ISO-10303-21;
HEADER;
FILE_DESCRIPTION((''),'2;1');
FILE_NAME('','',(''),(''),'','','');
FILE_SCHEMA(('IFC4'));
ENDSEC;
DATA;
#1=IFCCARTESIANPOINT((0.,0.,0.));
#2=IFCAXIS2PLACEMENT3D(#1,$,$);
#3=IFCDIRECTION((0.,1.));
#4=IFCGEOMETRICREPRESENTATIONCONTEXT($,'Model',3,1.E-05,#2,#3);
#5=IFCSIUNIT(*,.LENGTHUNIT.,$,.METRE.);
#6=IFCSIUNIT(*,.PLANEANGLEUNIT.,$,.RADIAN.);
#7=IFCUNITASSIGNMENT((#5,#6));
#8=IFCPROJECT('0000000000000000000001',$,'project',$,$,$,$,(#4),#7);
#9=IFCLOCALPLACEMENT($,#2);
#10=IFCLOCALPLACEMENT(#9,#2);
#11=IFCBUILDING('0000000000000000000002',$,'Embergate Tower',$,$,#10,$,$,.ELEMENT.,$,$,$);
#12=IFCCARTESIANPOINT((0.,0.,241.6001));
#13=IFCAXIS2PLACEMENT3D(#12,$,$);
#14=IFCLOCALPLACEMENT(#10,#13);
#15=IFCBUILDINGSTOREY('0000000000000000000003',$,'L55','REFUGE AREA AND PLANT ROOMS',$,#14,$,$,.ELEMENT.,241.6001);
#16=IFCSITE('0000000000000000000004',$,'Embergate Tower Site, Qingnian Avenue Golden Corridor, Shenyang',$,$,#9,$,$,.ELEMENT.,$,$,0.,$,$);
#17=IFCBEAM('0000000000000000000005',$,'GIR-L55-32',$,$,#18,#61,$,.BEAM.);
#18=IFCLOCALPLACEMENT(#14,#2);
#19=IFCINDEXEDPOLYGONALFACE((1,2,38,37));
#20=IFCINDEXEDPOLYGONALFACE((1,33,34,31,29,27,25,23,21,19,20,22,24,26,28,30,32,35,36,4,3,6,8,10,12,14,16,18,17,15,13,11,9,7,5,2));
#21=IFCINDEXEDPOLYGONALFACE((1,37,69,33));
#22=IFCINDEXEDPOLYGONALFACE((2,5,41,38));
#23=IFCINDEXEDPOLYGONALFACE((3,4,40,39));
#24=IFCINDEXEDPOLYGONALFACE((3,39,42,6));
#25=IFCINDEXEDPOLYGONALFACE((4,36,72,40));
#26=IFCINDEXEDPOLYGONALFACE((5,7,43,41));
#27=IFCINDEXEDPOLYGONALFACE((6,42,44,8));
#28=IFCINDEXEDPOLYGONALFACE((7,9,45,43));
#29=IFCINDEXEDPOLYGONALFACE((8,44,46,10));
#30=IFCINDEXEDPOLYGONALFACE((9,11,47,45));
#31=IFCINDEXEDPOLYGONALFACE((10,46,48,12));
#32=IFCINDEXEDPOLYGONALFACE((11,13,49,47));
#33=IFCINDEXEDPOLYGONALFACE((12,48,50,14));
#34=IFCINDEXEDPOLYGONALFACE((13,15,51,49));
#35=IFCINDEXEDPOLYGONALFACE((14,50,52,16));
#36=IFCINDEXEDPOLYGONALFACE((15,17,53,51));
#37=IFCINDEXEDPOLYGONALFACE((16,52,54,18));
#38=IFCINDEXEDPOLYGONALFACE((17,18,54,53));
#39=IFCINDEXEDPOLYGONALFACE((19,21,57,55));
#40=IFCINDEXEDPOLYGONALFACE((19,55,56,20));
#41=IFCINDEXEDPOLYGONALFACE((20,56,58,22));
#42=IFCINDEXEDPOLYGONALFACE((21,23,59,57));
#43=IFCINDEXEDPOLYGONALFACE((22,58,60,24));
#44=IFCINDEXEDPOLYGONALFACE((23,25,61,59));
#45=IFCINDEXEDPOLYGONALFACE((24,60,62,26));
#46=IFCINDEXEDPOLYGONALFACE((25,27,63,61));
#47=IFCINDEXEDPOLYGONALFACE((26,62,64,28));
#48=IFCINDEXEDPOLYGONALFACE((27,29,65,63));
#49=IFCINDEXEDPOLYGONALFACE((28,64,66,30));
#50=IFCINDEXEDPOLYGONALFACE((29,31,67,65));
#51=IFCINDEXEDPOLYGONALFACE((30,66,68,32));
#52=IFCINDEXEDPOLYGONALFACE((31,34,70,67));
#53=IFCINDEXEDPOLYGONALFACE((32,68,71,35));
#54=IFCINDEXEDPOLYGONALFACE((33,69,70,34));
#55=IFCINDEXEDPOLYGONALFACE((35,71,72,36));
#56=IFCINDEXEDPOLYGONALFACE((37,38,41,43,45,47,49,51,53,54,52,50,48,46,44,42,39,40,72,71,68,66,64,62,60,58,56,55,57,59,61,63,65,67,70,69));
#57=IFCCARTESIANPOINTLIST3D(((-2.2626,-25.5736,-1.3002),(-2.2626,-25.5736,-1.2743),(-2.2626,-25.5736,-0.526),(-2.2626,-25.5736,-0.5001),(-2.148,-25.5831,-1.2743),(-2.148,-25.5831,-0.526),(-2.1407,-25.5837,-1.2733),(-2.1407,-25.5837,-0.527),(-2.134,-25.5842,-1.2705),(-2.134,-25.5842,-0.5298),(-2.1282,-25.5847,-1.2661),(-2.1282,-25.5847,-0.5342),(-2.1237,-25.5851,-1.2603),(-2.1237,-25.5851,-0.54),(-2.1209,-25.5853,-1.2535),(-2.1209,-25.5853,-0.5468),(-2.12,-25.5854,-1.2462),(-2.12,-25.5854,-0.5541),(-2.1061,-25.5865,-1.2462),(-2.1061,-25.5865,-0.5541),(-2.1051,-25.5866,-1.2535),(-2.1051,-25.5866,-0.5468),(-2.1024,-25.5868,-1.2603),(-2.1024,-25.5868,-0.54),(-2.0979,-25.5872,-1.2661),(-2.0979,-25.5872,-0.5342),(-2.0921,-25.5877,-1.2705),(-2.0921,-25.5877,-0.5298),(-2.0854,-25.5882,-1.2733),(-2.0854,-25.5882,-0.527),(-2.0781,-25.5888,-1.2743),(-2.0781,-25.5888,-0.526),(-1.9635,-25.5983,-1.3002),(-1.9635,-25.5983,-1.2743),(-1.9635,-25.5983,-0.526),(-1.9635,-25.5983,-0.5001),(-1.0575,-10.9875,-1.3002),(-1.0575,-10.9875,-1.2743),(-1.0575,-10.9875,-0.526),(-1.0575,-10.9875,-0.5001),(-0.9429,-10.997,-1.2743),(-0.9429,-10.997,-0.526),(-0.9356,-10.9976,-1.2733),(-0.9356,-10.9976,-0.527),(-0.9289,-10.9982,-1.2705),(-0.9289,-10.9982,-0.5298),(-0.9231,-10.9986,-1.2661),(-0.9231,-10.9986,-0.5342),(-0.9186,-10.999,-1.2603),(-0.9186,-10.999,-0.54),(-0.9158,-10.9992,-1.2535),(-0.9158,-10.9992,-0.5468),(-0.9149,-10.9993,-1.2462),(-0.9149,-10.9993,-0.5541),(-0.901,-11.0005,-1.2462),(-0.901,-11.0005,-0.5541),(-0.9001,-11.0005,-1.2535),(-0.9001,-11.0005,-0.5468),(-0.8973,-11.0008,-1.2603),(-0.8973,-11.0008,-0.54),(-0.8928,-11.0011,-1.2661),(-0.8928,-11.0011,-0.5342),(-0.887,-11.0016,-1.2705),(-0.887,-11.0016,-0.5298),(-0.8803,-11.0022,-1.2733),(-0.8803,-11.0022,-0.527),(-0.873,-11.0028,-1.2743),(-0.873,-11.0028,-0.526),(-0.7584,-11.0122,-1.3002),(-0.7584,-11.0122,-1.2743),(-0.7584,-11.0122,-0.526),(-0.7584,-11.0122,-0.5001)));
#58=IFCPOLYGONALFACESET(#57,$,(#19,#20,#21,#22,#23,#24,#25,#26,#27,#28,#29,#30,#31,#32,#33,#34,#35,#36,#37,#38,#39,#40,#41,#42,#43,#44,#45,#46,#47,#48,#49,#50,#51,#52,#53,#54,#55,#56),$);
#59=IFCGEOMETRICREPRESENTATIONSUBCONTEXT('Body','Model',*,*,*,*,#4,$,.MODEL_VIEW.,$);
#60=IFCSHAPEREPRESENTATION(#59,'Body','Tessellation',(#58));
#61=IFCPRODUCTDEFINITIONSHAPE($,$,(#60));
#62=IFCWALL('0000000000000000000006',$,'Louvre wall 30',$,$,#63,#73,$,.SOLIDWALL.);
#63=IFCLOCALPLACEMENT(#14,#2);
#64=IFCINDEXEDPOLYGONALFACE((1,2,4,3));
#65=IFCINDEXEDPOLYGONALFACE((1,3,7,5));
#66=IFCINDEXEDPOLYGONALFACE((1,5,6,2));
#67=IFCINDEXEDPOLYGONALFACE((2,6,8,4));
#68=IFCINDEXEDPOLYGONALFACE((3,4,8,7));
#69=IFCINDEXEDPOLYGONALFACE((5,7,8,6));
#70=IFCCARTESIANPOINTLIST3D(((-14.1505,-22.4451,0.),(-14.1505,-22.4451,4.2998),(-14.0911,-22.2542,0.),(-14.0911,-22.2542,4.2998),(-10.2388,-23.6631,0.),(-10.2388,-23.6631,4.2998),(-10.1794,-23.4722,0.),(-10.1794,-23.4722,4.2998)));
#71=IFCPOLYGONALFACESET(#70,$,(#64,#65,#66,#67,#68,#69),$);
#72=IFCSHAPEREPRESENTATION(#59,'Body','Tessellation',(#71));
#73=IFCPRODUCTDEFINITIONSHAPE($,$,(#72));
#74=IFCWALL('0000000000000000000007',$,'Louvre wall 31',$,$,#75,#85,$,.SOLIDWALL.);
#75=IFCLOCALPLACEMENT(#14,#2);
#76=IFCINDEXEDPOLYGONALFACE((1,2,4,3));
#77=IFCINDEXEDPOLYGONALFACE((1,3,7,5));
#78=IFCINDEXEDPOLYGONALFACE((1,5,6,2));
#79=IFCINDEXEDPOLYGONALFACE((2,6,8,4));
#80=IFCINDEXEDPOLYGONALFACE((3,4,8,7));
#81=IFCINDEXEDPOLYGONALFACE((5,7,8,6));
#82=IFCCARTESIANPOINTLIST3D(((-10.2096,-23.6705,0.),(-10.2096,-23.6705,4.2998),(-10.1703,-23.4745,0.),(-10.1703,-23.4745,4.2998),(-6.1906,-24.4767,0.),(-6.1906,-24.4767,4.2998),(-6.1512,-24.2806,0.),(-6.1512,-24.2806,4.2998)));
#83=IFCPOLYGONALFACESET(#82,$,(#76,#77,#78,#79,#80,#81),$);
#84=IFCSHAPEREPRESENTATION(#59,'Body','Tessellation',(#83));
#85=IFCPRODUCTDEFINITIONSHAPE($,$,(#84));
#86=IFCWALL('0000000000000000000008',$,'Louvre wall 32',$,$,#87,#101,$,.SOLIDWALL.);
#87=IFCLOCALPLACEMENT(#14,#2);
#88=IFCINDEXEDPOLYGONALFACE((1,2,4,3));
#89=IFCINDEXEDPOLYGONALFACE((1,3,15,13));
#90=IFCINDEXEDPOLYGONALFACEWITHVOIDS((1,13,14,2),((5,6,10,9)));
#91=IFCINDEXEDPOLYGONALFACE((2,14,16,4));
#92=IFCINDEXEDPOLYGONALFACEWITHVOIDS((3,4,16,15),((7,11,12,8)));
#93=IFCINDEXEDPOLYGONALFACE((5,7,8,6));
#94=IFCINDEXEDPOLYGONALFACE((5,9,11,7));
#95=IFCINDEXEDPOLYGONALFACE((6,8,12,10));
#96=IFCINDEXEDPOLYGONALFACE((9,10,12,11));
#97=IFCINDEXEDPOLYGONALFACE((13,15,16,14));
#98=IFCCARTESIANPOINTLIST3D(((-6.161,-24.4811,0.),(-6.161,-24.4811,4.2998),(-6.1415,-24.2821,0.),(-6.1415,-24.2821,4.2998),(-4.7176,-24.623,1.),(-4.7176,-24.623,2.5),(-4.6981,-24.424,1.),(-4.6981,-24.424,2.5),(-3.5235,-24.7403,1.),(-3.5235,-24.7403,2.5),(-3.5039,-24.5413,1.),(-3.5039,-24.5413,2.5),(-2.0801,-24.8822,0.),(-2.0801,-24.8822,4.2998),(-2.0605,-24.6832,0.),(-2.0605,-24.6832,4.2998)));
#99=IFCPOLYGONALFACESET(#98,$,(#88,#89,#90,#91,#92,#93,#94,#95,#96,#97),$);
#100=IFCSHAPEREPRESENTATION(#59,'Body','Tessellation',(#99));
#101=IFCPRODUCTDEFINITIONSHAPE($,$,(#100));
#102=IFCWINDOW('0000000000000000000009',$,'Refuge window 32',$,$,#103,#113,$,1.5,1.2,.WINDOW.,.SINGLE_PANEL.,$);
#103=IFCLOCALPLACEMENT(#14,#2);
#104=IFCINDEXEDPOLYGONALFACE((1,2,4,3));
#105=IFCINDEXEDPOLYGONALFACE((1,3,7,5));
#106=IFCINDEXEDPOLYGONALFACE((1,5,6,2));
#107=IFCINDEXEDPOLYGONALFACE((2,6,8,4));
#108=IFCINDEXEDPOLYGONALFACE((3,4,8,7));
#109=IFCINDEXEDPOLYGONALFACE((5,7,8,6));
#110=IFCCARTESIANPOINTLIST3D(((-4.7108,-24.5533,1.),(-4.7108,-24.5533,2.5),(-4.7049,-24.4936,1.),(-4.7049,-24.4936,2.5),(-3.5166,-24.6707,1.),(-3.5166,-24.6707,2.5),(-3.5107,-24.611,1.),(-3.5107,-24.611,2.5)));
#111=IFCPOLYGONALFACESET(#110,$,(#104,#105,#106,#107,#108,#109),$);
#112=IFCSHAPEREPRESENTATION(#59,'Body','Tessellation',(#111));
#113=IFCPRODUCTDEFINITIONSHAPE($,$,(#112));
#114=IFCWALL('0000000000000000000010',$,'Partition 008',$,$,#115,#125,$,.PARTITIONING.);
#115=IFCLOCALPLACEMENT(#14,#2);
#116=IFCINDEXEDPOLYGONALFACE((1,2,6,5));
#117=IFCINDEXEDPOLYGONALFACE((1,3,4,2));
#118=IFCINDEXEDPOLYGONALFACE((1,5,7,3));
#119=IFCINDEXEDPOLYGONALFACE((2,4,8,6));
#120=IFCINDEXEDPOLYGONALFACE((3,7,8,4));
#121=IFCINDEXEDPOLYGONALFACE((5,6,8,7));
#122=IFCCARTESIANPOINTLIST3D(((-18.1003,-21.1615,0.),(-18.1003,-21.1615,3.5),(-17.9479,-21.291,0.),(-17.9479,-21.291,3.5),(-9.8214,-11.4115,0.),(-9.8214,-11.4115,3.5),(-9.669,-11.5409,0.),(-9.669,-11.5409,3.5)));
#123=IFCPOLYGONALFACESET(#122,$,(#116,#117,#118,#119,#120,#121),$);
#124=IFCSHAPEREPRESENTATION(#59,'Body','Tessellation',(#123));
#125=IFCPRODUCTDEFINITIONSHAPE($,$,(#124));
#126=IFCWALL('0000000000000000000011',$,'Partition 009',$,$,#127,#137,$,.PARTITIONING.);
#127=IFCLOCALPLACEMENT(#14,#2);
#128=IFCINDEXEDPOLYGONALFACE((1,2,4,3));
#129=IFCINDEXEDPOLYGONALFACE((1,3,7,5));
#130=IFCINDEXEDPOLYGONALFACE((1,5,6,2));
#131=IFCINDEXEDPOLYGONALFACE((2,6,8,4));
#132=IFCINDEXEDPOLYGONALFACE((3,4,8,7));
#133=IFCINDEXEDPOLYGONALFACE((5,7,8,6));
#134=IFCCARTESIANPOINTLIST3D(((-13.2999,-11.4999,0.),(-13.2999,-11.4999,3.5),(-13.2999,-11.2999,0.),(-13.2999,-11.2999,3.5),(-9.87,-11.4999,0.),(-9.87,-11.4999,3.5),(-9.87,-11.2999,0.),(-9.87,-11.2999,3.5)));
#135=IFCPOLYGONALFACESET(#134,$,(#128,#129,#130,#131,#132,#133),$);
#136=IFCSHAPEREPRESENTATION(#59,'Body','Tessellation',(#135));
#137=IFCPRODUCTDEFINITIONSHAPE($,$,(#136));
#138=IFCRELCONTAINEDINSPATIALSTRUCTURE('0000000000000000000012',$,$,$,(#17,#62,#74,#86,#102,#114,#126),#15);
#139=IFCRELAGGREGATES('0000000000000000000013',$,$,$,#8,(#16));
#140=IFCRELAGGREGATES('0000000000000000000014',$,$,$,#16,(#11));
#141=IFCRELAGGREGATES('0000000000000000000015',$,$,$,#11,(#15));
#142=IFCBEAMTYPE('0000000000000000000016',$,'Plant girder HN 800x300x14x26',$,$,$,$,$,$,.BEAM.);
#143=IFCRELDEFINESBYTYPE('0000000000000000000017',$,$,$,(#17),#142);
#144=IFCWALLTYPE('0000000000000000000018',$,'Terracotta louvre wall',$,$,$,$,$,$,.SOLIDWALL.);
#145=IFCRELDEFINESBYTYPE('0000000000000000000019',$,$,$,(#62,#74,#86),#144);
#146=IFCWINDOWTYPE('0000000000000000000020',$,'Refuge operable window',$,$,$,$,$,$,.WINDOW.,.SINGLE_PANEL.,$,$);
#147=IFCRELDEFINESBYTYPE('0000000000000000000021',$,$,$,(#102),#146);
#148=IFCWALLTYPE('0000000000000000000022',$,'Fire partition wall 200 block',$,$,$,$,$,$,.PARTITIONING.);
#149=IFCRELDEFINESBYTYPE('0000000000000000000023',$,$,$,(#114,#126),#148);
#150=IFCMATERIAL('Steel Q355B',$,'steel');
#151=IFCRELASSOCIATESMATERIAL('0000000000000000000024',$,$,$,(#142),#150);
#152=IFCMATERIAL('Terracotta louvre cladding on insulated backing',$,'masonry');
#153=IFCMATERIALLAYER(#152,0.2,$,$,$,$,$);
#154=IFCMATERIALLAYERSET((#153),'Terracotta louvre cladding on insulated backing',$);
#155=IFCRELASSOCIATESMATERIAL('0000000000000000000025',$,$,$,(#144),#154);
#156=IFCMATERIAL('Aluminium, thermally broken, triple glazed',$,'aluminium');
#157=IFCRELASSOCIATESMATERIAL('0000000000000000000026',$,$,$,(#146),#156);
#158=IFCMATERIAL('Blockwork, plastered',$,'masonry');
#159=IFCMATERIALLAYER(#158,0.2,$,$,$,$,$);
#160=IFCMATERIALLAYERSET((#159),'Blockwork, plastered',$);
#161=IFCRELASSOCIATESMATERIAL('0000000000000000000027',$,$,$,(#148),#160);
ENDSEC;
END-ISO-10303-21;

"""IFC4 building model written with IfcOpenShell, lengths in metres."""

from ifc_helpers import new_model, si_unit, direction, frame, frame_2d, origin, origin_2d, place, context, subcontext, project, spatial, rectangle, i_section, extrude, source, transform, mapped, material, layer, layer_set, material_profile, profile_set, type_object, element, fill, save


model = new_model("IFC4")

# Units and contexts
model_context = context("Model", 3, precision=1e-05, world=origin(), true_north=direction((0.0, 1.0)))
body_context = subcontext(model_context, "Body", "Model", "MODEL_VIEW")
ifc_project = project(units=[si_unit("LENGTHUNIT", "METRE"), si_unit("PLANEANGLEUNIT", "RADIAN")], contexts=[model_context])

# Site, building, storey
site_placement = place(None, origin())
site = spatial("IfcSite", under=ifc_project, at=site_placement, Name="Embergate Tower Site, Qingnian Avenue Golden Corridor, Shenyang", CompositionType="ELEMENT", RefElevation=0.0)
building_placement = place(site_placement, origin())
building = spatial("IfcBuilding", under=site, at=building_placement, Name="Embergate Tower", CompositionType="ELEMENT")
storey_placement = place(building_placement, frame((0.0, 0.0, 241.6001)))
storey = spatial("IfcBuildingStorey", under=building, at=storey_placement, Name="L55", Description="REFUGE AREA AND PLANT ROOMS", CompositionType="ELEMENT", Elevation=241.6001)

# Beam
ifc_material_1 = material(Name="Steel Q355B", Category="steel")
ifc_material_profile_1 = material_profile(ifc_material_1, i_section(OverallWidth=0.3, OverallDepth=0.8, WebThickness=0.0139, FlangeThickness=0.0259, FilletRadius=0.0281, at=origin_2d()), Name="HN 800x300x14x26")
ifc_profile_set_1 = profile_set([ifc_material_profile_1], Name="Steel Q355 grade B")
beam_type_1 = type_object("IfcBeamType", Name="Plant girder HN 800x300x14x26", PredefinedType="BEAM", material=ifc_profile_set_1)
shared_shape_1 = source(origin(), body_context, "Body", "SweptSolid", [
    extrude(i_section(OverallWidth=0.3, OverallDepth=0.8, WebThickness=0.0139, FlangeThickness=0.0259, FilletRadius=0.0281, at=origin_2d()), origin(), (0.0, 0.0, 1.0), 14.6357),
])
beam_1_placement = place(storey_placement, frame((-2.113, -25.5859, -0.9001), z_axis=(0.082339, 0.996604, 0.0), x_axis=(-0.996604, 0.082339, 0.0)))
element("IfcBeam", 1, at=beam_1_placement, inside=storey, type_object=beam_type_1, Name="GIR-L55-32", PredefinedType="BEAM", context=body_context, shape_type="MappedRepresentation", body=[
    mapped(shared_shape_1, transform((0.0, 0.0, 0.0))),
])

# Walls
ifc_material_2 = material(Name="Terracotta louvre cladding on insulated backing", Category="masonry")
ifc_layer_1 = layer(ifc_material_2, 0.2)
ifc_layer_set_1 = layer_set([ifc_layer_1], Name="Terracotta louvre cladding on insulated backing")
wall_type_1 = type_object("IfcWallType", Name="Terracotta louvre wall", PredefinedType="SOLIDWALL", material=ifc_layer_set_1)
shared_shape_2 = source(origin(), body_context, "Body", "SweptSolid", [
    extrude(rectangle(XDim=4.0969, YDim=0.2, at=frame_2d((2.0483, 0.0))), origin(), (0.0, 0.0, 1.0), 4.2998),
])
wall_1_placement = place(storey_placement, frame((-10.2092, -23.5676, 0.0), z_axis=(0.0, 0.0, 1.0), x_axis=(-0.954783, 0.297304, 0.0)))
element("IfcWall", 2, at=wall_1_placement, inside=storey, type_object=wall_type_1, Name="Louvre wall 30", PredefinedType="SOLIDWALL", context=body_context, shape_type="MappedRepresentation", body=[
    mapped(shared_shape_2, transform((0.0, 0.0, 0.0))),
])
shared_shape_3 = source(origin(), body_context, "Body", "SweptSolid", [
    extrude(rectangle(XDim=4.0991, YDim=0.2, at=frame_2d((2.0496, 0.0))), origin(), (0.0, 0.0, 1.0), 4.2998),
])
wall_2_placement = place(storey_placement, frame((-6.1709, -24.3787, 0.0), z_axis=(0.0, 0.0, 1.0), x_axis=(-0.980471, 0.196666, 0.0)))
element("IfcWall", 3, at=wall_2_placement, inside=storey, type_object=wall_type_1, Name="Louvre wall 31", PredefinedType="SOLIDWALL", context=body_context, shape_type="MappedRepresentation", body=[
    mapped(shared_shape_3, transform((0.0, 0.0, 0.0))),
])

# Wall, opening, window
shared_shape_4 = source(origin(), body_context, "Body", "SweptSolid", [
    extrude(rectangle(XDim=4.1006, YDim=0.2, at=frame_2d((2.0503, 0.0))), origin(), (0.0, 0.0, 1.0), 4.2998),
])
wall_3_placement = place(storey_placement, frame((-2.0703, -24.7827, 0.0), z_axis=(0.0, 0.0, 1.0), x_axis=(-0.995204, 0.097824, 0.0)))
wall_3 = element("IfcWall", 4, at=wall_3_placement, inside=storey, type_object=wall_type_1, Name="Louvre wall 32", PredefinedType="SOLIDWALL", context=body_context, shape_type="MappedRepresentation", body=[
    mapped(shared_shape_4, transform((0.0, 0.0, 0.0))),
])
shared_shape_5 = source(origin(), body_context, "Body", "SweptSolid", [
    extrude(rectangle(XDim=1.2, YDim=1.5, at=frame_2d((0.6001, 0.75))), frame((0.0, 0.1099, 0.0), z_axis=(0.0, -1.0, 0.0), x_axis=(1.0, 0.0, 0.0)), (0.0, 0.0, 1.0), 0.22),
])
opening_1_placement = place(wall_3_placement, frame((1.4502, 0.0, 1.0)))
opening_1 = element("IfcOpeningElement", 5, at=opening_1_placement, cuts=wall_3, PredefinedType="OPENING", context=body_context, shape_type="MappedRepresentation", body=[
    mapped(shared_shape_5, transform((0.0, 0.0, 0.0))),
])
ifc_material_3 = material(Name="Aluminium, thermally broken, triple glazed", Category="aluminium")
window_type = type_object("IfcWindowType", Name="Refuge operable window", PartitioningType="SINGLE_PANEL", PredefinedType="WINDOW", material=ifc_material_3)
shared_shape_6 = source(origin(), body_context, "Body", "SweptSolid", [
    extrude(rectangle(XDim=1.2, YDim=1.5, at=frame_2d((0.6001, 0.75))), frame((0.0, 0.03, 0.0), z_axis=(0.0, -1.0, 0.0), x_axis=(1.0, 0.0, 0.0)), (0.0, 0.0, 1.0), 0.0601),
])
window_placement = place(opening_1_placement, origin())
window = element("IfcWindow", 6, at=window_placement, inside=storey, type_object=window_type, Name="Refuge window 32", OverallHeight=1.5, OverallWidth=1.2, PartitioningType="SINGLE_PANEL", PredefinedType="WINDOW", context=body_context, shape_type="MappedRepresentation", body=[
    mapped(shared_shape_6, transform((0.0, 0.0, 0.0))),
])
fill(opening_1, window)

# Shared definitions
ifc_material_4 = material(Name="Blockwork, plastered", Category="masonry")
ifc_layer_2 = layer(ifc_material_4, 0.2)
ifc_layer_set_2 = layer_set([ifc_layer_2], Name="Blockwork, plastered")
wall_type_2 = type_object("IfcWallType", Name="Fire partition wall 200 block", PredefinedType="PARTITIONING", material=ifc_layer_set_2)

# Walls
shared_shape_7 = source(origin(), body_context, "Body", "SweptSolid", [
    extrude(rectangle(XDim=12.7908, YDim=0.2, at=frame_2d((6.3955, 0.0))), origin(), (0.0, 0.0, 1.0), 3.5),
])
wall_4_placement = place(storey_placement, frame((-9.7451, -11.4761, 0.0), z_axis=(0.0, 0.0, 1.0), x_axis=(-0.647254, -0.762275, 0.0)))
element("IfcWall", 7, at=wall_4_placement, inside=storey, type_object=wall_type_2, Name="Partition 008", PredefinedType="PARTITIONING", context=body_context, shape_type="MappedRepresentation", body=[
    mapped(shared_shape_7, transform((0.0, 0.0, 0.0))),
])
shared_shape_8 = source(origin(), body_context, "Body", "SweptSolid", [
    extrude(rectangle(XDim=3.4299, YDim=0.2, at=frame_2d((1.7148, 0.0))), origin(), (0.0, 0.0, 1.0), 3.5),
])
wall_5_placement = place(storey_placement, frame((-9.8701, -11.3999, 0.0), z_axis=(0.0, 0.0, 1.0), x_axis=(-1.0, 0.0, 0.0)))
element("IfcWall", 8, at=wall_5_placement, inside=storey, type_object=wall_type_2, Name="Partition 009", PredefinedType="PARTITIONING", context=body_context, shape_type="MappedRepresentation", body=[
    mapped(shared_shape_8, transform((0.0, 0.0, 0.0))),
])

save(model, "model.ifc")
